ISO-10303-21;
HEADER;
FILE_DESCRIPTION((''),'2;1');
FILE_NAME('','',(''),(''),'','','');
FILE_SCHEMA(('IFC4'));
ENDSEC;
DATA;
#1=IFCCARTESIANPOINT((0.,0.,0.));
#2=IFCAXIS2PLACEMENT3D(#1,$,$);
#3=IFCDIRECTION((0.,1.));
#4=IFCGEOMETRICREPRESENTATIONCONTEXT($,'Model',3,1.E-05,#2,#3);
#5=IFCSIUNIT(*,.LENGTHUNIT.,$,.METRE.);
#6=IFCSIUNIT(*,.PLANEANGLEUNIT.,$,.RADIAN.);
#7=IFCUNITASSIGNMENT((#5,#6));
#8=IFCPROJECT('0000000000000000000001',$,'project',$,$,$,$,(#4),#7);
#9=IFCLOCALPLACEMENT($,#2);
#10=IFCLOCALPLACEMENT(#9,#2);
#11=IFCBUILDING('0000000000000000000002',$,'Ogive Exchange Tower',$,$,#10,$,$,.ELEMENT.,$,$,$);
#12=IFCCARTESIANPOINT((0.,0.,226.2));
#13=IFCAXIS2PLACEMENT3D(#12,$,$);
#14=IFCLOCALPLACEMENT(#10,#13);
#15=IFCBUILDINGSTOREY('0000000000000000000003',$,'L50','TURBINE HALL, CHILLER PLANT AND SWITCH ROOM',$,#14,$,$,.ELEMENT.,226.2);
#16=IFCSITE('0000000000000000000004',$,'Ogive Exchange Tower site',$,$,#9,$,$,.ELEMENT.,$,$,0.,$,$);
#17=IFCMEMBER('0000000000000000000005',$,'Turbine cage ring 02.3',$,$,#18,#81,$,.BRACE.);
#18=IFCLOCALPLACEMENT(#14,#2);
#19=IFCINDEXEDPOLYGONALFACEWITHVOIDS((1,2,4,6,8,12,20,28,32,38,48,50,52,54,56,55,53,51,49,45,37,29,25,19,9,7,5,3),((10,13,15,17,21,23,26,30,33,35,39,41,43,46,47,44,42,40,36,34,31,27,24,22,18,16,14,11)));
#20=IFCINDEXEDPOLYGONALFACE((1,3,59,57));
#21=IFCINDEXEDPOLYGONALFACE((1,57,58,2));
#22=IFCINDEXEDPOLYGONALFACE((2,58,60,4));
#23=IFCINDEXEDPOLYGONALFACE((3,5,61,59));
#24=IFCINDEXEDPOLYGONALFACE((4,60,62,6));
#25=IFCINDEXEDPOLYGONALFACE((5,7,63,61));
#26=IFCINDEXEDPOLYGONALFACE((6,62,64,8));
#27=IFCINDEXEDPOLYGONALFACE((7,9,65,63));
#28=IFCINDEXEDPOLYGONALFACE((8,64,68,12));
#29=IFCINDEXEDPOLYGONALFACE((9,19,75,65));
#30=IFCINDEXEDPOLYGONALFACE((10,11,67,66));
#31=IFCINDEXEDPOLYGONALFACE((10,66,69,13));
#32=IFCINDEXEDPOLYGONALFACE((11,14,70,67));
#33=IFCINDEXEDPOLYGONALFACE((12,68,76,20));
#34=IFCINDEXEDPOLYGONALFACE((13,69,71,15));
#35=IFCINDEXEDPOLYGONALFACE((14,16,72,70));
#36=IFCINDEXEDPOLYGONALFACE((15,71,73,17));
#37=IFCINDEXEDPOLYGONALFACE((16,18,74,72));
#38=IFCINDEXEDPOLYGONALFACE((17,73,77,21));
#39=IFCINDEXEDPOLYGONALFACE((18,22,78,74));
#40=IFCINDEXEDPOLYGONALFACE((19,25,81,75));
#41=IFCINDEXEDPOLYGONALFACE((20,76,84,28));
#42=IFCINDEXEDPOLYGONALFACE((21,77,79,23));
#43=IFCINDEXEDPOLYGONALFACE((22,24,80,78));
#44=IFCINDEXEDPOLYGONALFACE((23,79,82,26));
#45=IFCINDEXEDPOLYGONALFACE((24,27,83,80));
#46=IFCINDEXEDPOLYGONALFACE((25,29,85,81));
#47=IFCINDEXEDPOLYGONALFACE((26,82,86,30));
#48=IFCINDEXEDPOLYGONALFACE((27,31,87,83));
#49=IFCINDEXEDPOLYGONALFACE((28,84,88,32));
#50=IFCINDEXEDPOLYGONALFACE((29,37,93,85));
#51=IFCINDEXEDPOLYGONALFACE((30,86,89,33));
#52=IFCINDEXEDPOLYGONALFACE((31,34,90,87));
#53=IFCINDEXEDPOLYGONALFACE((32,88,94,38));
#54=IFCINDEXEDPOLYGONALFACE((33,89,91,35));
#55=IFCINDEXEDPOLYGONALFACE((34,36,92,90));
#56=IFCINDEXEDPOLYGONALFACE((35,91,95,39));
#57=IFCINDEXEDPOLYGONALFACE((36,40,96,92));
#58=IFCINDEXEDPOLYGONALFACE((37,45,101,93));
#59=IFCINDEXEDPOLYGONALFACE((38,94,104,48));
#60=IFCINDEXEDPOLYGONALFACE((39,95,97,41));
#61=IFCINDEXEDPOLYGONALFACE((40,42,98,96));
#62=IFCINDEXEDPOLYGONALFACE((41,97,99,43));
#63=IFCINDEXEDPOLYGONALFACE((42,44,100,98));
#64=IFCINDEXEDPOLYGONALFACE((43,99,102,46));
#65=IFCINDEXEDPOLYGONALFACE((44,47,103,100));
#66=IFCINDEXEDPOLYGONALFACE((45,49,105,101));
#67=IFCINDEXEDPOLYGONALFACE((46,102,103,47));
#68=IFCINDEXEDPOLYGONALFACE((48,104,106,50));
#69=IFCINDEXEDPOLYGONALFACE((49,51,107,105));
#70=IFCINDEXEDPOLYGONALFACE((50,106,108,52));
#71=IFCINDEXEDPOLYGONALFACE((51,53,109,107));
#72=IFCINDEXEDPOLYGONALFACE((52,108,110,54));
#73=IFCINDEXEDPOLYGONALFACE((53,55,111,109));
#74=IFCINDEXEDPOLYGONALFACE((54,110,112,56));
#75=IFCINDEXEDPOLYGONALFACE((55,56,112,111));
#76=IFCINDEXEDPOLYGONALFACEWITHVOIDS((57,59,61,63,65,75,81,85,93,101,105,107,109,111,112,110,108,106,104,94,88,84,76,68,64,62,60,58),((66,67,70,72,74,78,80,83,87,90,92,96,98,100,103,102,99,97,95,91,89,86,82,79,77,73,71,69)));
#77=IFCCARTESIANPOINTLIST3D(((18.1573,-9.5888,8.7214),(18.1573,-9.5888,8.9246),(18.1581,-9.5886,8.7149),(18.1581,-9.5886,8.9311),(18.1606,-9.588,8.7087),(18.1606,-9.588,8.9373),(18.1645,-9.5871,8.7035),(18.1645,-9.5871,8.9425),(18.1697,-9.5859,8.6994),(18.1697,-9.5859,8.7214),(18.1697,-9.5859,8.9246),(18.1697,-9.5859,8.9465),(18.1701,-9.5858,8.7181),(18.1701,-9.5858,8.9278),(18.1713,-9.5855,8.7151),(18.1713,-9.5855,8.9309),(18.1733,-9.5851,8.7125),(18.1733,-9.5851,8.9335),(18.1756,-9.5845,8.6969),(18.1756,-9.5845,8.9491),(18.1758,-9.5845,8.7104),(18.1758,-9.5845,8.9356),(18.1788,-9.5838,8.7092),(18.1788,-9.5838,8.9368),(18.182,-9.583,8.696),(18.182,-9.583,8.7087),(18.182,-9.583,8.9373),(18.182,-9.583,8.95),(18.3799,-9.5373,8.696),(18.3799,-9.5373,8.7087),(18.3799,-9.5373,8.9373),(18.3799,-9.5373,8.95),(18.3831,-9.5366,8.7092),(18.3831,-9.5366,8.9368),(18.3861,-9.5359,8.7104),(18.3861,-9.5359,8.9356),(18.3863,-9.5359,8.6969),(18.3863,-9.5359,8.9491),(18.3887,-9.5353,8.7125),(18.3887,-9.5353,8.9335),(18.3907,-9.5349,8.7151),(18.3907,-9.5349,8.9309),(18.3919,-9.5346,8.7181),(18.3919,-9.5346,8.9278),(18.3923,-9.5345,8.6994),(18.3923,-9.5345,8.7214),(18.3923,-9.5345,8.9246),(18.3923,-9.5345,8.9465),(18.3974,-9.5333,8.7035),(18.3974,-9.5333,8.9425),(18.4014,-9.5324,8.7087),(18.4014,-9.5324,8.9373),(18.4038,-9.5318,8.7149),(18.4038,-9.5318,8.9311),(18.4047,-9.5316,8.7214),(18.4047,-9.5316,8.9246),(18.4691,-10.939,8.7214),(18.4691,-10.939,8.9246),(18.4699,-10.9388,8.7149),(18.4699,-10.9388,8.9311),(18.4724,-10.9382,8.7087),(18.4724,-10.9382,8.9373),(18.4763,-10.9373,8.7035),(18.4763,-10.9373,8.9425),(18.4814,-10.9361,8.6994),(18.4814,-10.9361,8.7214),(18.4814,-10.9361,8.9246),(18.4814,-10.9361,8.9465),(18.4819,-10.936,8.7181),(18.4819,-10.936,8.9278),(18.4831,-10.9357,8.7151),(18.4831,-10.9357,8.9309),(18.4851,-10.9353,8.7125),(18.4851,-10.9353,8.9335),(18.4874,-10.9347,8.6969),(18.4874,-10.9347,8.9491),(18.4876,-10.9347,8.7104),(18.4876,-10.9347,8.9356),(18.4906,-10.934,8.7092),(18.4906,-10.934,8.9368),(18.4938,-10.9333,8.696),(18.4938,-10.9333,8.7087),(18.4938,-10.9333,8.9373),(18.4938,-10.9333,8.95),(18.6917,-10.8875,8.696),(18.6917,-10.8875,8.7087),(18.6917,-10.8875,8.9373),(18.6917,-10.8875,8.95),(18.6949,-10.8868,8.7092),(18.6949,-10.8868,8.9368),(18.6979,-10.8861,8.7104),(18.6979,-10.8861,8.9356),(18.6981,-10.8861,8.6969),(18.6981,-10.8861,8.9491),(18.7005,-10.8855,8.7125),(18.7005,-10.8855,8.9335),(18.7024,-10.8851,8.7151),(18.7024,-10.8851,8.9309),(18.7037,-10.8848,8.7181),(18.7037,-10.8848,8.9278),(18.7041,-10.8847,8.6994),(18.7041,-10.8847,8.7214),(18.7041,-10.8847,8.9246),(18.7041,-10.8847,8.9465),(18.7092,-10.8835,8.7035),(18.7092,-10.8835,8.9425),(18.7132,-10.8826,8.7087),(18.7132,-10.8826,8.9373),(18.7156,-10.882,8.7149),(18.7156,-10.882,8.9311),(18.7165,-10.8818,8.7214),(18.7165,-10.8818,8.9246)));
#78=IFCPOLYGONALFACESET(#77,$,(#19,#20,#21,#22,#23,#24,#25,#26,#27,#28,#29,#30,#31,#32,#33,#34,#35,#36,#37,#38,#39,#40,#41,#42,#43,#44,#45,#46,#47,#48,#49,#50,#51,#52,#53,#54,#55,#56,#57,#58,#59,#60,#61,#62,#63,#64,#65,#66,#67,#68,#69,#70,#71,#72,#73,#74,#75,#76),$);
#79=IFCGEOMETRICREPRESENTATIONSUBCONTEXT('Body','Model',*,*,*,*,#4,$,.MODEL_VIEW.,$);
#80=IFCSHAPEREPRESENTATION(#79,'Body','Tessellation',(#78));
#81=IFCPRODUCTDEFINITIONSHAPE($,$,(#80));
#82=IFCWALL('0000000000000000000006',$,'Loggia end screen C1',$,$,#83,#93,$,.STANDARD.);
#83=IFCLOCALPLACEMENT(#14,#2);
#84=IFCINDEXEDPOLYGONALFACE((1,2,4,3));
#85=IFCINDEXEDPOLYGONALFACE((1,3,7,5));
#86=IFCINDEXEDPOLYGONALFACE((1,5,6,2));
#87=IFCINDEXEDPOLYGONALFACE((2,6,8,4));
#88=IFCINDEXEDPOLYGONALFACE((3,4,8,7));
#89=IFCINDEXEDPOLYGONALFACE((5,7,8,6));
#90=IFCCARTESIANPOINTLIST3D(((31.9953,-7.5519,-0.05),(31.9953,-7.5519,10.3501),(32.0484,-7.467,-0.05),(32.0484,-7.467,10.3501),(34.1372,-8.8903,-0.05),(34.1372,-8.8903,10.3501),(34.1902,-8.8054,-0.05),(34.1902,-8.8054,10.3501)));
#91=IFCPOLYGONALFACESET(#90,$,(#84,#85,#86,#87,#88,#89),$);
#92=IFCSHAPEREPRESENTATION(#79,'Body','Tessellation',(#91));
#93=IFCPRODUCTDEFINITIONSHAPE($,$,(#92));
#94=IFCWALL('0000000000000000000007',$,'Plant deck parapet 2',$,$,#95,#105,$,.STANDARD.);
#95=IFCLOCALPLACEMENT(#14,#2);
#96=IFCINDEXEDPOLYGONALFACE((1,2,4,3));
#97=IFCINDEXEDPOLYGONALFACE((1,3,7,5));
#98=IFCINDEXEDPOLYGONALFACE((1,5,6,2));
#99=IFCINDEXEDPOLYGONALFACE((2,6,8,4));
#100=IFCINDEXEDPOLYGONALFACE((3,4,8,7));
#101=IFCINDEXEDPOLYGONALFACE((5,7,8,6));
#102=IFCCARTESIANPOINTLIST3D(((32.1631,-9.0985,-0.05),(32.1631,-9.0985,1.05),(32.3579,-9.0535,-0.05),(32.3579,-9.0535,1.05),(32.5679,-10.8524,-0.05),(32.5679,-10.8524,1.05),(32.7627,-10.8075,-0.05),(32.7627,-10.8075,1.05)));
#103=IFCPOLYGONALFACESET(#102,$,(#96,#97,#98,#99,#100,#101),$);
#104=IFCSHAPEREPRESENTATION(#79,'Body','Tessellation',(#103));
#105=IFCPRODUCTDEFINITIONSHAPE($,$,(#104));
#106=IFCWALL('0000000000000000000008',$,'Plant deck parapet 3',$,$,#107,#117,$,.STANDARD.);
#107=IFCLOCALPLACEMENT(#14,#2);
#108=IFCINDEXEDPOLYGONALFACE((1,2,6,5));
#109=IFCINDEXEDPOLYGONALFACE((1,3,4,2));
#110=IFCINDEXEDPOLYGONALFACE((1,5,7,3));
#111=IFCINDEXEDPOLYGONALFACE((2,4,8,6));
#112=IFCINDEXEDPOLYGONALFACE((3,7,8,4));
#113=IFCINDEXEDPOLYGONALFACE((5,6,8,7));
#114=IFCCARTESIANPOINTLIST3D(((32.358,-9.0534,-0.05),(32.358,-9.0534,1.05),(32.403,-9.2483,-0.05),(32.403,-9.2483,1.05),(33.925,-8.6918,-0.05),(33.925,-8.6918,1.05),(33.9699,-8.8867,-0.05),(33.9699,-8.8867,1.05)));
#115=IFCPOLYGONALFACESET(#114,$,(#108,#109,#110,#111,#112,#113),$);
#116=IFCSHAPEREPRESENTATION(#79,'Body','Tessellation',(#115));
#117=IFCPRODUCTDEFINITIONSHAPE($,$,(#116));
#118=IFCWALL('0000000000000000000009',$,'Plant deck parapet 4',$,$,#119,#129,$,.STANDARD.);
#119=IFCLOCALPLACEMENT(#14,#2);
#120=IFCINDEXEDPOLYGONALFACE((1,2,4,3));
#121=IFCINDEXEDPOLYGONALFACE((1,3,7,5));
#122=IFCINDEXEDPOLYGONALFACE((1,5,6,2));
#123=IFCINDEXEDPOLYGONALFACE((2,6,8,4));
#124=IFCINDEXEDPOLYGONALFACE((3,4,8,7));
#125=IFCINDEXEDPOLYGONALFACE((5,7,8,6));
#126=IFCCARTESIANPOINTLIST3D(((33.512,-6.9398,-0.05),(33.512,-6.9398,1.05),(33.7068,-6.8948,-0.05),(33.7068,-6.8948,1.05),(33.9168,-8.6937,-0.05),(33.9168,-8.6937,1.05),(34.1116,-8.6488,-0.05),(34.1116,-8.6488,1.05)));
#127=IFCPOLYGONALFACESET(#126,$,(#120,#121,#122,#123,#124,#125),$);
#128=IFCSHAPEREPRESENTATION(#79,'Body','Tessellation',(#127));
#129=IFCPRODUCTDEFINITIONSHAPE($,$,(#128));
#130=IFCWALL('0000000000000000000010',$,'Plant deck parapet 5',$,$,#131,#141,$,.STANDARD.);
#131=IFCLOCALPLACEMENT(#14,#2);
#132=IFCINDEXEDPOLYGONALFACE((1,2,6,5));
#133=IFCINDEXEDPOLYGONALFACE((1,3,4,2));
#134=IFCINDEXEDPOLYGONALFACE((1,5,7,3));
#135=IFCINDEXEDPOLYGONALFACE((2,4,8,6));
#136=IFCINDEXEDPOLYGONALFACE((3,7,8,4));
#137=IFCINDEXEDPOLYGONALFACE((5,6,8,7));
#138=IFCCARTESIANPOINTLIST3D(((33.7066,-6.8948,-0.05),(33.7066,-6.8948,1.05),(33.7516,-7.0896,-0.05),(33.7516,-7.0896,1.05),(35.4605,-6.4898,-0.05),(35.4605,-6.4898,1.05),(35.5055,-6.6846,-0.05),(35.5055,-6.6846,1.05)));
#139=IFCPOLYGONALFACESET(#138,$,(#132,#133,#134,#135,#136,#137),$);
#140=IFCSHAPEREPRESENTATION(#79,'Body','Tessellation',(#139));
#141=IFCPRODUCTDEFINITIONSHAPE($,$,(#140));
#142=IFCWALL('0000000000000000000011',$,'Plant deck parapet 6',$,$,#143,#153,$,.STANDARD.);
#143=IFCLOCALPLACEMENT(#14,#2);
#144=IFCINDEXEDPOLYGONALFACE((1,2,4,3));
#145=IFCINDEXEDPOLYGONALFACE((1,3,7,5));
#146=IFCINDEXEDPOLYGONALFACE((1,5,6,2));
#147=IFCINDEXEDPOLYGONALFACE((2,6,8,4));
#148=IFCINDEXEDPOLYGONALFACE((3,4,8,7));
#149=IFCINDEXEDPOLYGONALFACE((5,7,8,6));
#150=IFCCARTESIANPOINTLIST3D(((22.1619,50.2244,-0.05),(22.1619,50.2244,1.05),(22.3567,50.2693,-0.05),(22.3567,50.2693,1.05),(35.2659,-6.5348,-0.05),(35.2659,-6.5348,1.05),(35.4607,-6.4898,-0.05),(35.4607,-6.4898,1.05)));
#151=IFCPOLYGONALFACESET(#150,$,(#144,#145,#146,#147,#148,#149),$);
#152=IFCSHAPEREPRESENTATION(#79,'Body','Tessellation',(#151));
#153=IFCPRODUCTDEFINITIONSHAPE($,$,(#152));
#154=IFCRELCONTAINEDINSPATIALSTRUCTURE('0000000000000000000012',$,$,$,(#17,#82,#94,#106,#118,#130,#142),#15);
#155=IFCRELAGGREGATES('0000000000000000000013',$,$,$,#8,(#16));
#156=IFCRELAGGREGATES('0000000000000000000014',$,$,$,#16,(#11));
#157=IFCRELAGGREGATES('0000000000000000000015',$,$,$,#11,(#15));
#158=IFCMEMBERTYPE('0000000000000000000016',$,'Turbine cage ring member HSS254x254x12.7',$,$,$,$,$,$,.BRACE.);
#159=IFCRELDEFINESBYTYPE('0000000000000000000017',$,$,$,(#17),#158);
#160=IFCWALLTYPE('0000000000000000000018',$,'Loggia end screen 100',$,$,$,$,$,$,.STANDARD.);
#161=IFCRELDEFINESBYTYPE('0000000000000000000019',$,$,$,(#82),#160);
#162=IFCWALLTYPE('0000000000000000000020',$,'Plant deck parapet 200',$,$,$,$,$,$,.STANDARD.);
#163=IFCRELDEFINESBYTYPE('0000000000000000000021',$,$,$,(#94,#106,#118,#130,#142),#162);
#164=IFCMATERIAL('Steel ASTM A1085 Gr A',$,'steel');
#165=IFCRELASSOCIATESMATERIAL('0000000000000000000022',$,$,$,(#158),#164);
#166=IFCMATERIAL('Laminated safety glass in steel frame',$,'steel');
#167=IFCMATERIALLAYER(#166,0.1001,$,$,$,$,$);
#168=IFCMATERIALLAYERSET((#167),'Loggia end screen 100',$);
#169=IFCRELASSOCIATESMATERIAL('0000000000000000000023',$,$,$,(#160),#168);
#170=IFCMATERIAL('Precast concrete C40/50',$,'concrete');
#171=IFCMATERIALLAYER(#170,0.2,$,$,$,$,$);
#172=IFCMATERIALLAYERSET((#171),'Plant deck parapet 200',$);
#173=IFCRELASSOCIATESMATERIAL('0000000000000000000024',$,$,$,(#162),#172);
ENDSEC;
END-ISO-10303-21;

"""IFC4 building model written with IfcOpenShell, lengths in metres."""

from ifc_helpers import new_model, si_unit, direction, frame, frame_2d, origin, origin_2d, place, context, subcontext, project, spatial, rectangle, hollow_rectangle, extrude, material, layer, layer_set, material_profile, profile_set, type_object, element, save


model = new_model("IFC4")

# Units and contexts
model_context = context("Model", 3, precision=1e-05, world=origin(), true_north=direction((0.0, 1.0)))
body_context = subcontext(model_context, "Body", "Model", "MODEL_VIEW")
ifc_project = project(units=[si_unit("LENGTHUNIT", "METRE"), si_unit("PLANEANGLEUNIT", "RADIAN")], contexts=[model_context])

# Site, building, storey
site_placement = place(None, origin())
site = spatial("IfcSite", under=ifc_project, at=site_placement, Name="Ogive Exchange Tower site", CompositionType="ELEMENT", RefElevation=0.0)
building_placement = place(site_placement, origin())
building = spatial("IfcBuilding", under=site, at=building_placement, Name="Ogive Exchange Tower", CompositionType="ELEMENT")
storey_placement = place(building_placement, frame((0.0, 0.0, 226.2)))
storey = spatial("IfcBuildingStorey", under=building, at=storey_placement, Name="L50", Description="TURBINE HALL, CHILLER PLANT AND SWITCH ROOM", CompositionType="ELEMENT", Elevation=226.2)

# Shared definitions
ifc_material_1 = material(Name="Steel ASTM A1085 Gr A", Category="steel")

# Member
ifc_material_profile_1 = material_profile(ifc_material_1, hollow_rectangle(XDim=0.2539, YDim=0.2539, WallThickness=0.0127, InnerFilletRadius=0.0127, OuterFilletRadius=0.0254, at=origin_2d()), Name="HSS254x254x12.7")
ifc_profile_set_1 = profile_set([ifc_material_profile_1], Name="Steel ASTM A1085 Gr A")
member_type_1 = type_object("IfcMemberType", Name="Turbine cage ring member HSS254x254x12.7", PredefinedType="BRACE", material=ifc_profile_set_1)
for number, where, z_axis, x_axis, name in (
    (1, (18.5928, -10.9104, 8.823), (-0.225001, 0.974359, 0.0), (-0.974359, -0.225001, 0.0), "Turbine cage ring 02.3"),
):
    element("IfcMember", number, at=place(storey_placement, frame(where, z_axis=z_axis, x_axis=x_axis)), inside=storey, type_object=member_type_1, Name=name, PredefinedType="BRACE", context=body_context, shape_type="SweptSolid", body=[
        extrude(hollow_rectangle(XDim=0.2539, YDim=0.2539, WallThickness=0.0127, InnerFilletRadius=0.0127, OuterFilletRadius=0.0254, at=origin_2d()), origin(), (0.0, 0.0, 1.0), 1.3857),
    ])

# Walls
ifc_material_2 = material(Name="Laminated safety glass in steel frame", Category="steel")
ifc_layer_1 = layer(ifc_material_2, 0.1001)
ifc_layer_set_1 = layer_set([ifc_layer_1], Name="Loggia end screen 100")
wall_type_1 = type_object("IfcWallType", Name="Loggia end screen 100", PredefinedType="STANDARD", material=ifc_layer_set_1)
wall_1_placement = place(storey_placement, frame((32.022, -7.5095, -0.05), z_axis=(0.0, 0.0, 1.0), x_axis=(0.848047, -0.529921, 0.0)))
element("IfcWall", 2, at=wall_1_placement, inside=storey, type_object=wall_type_1, Name="Loggia end screen C1", PredefinedType="STANDARD", context=body_context, shape_type="SweptSolid", body=[
    extrude(rectangle(XDim=2.5256, YDim=0.1001, at=frame_2d((1.2627, 0.0))), origin(), (0.0, 0.0, 1.0), 10.4001),
])
ifc_material_3 = material(Name="Precast concrete C40/50", Category="concrete")
ifc_layer_2 = layer(ifc_material_3, 0.2)
ifc_layer_set_2 = layer_set([ifc_layer_2], Name="Plant deck parapet 200")
wall_type_2 = type_object("IfcWallType", Name="Plant deck parapet 200", PredefinedType="STANDARD", material=ifc_layer_set_2)
wall_2_placement = place(storey_placement, frame((32.6653, -10.8298, -0.05), z_axis=(0.0, 0.0, 1.0), x_axis=(-0.224879, 0.974387, 0.0)))
element("IfcWall", 3, at=wall_2_placement, inside=storey, type_object=wall_type_2, Name="Plant deck parapet 2", PredefinedType="STANDARD", context=body_context, shape_type="SweptSolid", body=[
    extrude(rectangle(XDim=1.8, YDim=0.2, at=frame_2d((0.8999, 0.0))), origin(), (0.0, 0.0, 1.0), 1.1001),
])
wall_3_placement = place(storey_placement, frame((32.3804, -9.1509, -0.05), z_axis=(0.0, 0.0, 1.0), x_axis=(0.974394, 0.224848, 0.0)))
element("IfcWall", 4, at=wall_3_placement, inside=storey, type_object=wall_type_2, Name="Plant deck parapet 3", PredefinedType="STANDARD", context=body_context, shape_type="SweptSolid", body=[
    extrude(rectangle(XDim=1.6082, YDim=0.2, at=frame_2d((0.8042, 0.0))), origin(), (0.0, 0.0, 1.0), 1.1001),
])
for number, where, z_axis, x_axis, name in (
    (5, (34.0142, -8.6711, -0.05), (0.0, 0.0, 1.0), (-0.224879, 0.974387, 0.0), "Plant deck parapet 4"),
    (6, (33.7292, -6.9922, -0.05), (0.0, 0.0, 1.0), (0.974357, 0.225008, 0.0), "Plant deck parapet 5"),
):
    element("IfcWall", number, at=place(storey_placement, frame(where, z_axis=z_axis, x_axis=x_axis)), inside=storey, type_object=wall_type_2, Name=name, PredefinedType="STANDARD", context=body_context, shape_type="SweptSolid", body=[
        extrude(rectangle(XDim=1.8, YDim=0.2, at=frame_2d((0.8999, 0.0))), origin(), (0.0, 0.0, 1.0), 1.1001),
    ])
wall_4_placement = place(storey_placement, frame((35.3633, -6.5122, -0.05), z_axis=(0.0, 0.0, 1.0), x_axis=(-0.224953, 0.97437, 0.0)))
element("IfcWall", 7, at=wall_4_placement, inside=storey, type_object=wall_type_2, Name="Plant deck parapet 6", PredefinedType="STANDARD", context=body_context, shape_type="SweptSolid", body=[
    extrude(rectangle(XDim=58.2522, YDim=0.2, at=frame_2d((29.126, 0.0))), origin(), (0.0, 0.0, 1.0), 1.1001),
])

save(model, "model.ifc")
